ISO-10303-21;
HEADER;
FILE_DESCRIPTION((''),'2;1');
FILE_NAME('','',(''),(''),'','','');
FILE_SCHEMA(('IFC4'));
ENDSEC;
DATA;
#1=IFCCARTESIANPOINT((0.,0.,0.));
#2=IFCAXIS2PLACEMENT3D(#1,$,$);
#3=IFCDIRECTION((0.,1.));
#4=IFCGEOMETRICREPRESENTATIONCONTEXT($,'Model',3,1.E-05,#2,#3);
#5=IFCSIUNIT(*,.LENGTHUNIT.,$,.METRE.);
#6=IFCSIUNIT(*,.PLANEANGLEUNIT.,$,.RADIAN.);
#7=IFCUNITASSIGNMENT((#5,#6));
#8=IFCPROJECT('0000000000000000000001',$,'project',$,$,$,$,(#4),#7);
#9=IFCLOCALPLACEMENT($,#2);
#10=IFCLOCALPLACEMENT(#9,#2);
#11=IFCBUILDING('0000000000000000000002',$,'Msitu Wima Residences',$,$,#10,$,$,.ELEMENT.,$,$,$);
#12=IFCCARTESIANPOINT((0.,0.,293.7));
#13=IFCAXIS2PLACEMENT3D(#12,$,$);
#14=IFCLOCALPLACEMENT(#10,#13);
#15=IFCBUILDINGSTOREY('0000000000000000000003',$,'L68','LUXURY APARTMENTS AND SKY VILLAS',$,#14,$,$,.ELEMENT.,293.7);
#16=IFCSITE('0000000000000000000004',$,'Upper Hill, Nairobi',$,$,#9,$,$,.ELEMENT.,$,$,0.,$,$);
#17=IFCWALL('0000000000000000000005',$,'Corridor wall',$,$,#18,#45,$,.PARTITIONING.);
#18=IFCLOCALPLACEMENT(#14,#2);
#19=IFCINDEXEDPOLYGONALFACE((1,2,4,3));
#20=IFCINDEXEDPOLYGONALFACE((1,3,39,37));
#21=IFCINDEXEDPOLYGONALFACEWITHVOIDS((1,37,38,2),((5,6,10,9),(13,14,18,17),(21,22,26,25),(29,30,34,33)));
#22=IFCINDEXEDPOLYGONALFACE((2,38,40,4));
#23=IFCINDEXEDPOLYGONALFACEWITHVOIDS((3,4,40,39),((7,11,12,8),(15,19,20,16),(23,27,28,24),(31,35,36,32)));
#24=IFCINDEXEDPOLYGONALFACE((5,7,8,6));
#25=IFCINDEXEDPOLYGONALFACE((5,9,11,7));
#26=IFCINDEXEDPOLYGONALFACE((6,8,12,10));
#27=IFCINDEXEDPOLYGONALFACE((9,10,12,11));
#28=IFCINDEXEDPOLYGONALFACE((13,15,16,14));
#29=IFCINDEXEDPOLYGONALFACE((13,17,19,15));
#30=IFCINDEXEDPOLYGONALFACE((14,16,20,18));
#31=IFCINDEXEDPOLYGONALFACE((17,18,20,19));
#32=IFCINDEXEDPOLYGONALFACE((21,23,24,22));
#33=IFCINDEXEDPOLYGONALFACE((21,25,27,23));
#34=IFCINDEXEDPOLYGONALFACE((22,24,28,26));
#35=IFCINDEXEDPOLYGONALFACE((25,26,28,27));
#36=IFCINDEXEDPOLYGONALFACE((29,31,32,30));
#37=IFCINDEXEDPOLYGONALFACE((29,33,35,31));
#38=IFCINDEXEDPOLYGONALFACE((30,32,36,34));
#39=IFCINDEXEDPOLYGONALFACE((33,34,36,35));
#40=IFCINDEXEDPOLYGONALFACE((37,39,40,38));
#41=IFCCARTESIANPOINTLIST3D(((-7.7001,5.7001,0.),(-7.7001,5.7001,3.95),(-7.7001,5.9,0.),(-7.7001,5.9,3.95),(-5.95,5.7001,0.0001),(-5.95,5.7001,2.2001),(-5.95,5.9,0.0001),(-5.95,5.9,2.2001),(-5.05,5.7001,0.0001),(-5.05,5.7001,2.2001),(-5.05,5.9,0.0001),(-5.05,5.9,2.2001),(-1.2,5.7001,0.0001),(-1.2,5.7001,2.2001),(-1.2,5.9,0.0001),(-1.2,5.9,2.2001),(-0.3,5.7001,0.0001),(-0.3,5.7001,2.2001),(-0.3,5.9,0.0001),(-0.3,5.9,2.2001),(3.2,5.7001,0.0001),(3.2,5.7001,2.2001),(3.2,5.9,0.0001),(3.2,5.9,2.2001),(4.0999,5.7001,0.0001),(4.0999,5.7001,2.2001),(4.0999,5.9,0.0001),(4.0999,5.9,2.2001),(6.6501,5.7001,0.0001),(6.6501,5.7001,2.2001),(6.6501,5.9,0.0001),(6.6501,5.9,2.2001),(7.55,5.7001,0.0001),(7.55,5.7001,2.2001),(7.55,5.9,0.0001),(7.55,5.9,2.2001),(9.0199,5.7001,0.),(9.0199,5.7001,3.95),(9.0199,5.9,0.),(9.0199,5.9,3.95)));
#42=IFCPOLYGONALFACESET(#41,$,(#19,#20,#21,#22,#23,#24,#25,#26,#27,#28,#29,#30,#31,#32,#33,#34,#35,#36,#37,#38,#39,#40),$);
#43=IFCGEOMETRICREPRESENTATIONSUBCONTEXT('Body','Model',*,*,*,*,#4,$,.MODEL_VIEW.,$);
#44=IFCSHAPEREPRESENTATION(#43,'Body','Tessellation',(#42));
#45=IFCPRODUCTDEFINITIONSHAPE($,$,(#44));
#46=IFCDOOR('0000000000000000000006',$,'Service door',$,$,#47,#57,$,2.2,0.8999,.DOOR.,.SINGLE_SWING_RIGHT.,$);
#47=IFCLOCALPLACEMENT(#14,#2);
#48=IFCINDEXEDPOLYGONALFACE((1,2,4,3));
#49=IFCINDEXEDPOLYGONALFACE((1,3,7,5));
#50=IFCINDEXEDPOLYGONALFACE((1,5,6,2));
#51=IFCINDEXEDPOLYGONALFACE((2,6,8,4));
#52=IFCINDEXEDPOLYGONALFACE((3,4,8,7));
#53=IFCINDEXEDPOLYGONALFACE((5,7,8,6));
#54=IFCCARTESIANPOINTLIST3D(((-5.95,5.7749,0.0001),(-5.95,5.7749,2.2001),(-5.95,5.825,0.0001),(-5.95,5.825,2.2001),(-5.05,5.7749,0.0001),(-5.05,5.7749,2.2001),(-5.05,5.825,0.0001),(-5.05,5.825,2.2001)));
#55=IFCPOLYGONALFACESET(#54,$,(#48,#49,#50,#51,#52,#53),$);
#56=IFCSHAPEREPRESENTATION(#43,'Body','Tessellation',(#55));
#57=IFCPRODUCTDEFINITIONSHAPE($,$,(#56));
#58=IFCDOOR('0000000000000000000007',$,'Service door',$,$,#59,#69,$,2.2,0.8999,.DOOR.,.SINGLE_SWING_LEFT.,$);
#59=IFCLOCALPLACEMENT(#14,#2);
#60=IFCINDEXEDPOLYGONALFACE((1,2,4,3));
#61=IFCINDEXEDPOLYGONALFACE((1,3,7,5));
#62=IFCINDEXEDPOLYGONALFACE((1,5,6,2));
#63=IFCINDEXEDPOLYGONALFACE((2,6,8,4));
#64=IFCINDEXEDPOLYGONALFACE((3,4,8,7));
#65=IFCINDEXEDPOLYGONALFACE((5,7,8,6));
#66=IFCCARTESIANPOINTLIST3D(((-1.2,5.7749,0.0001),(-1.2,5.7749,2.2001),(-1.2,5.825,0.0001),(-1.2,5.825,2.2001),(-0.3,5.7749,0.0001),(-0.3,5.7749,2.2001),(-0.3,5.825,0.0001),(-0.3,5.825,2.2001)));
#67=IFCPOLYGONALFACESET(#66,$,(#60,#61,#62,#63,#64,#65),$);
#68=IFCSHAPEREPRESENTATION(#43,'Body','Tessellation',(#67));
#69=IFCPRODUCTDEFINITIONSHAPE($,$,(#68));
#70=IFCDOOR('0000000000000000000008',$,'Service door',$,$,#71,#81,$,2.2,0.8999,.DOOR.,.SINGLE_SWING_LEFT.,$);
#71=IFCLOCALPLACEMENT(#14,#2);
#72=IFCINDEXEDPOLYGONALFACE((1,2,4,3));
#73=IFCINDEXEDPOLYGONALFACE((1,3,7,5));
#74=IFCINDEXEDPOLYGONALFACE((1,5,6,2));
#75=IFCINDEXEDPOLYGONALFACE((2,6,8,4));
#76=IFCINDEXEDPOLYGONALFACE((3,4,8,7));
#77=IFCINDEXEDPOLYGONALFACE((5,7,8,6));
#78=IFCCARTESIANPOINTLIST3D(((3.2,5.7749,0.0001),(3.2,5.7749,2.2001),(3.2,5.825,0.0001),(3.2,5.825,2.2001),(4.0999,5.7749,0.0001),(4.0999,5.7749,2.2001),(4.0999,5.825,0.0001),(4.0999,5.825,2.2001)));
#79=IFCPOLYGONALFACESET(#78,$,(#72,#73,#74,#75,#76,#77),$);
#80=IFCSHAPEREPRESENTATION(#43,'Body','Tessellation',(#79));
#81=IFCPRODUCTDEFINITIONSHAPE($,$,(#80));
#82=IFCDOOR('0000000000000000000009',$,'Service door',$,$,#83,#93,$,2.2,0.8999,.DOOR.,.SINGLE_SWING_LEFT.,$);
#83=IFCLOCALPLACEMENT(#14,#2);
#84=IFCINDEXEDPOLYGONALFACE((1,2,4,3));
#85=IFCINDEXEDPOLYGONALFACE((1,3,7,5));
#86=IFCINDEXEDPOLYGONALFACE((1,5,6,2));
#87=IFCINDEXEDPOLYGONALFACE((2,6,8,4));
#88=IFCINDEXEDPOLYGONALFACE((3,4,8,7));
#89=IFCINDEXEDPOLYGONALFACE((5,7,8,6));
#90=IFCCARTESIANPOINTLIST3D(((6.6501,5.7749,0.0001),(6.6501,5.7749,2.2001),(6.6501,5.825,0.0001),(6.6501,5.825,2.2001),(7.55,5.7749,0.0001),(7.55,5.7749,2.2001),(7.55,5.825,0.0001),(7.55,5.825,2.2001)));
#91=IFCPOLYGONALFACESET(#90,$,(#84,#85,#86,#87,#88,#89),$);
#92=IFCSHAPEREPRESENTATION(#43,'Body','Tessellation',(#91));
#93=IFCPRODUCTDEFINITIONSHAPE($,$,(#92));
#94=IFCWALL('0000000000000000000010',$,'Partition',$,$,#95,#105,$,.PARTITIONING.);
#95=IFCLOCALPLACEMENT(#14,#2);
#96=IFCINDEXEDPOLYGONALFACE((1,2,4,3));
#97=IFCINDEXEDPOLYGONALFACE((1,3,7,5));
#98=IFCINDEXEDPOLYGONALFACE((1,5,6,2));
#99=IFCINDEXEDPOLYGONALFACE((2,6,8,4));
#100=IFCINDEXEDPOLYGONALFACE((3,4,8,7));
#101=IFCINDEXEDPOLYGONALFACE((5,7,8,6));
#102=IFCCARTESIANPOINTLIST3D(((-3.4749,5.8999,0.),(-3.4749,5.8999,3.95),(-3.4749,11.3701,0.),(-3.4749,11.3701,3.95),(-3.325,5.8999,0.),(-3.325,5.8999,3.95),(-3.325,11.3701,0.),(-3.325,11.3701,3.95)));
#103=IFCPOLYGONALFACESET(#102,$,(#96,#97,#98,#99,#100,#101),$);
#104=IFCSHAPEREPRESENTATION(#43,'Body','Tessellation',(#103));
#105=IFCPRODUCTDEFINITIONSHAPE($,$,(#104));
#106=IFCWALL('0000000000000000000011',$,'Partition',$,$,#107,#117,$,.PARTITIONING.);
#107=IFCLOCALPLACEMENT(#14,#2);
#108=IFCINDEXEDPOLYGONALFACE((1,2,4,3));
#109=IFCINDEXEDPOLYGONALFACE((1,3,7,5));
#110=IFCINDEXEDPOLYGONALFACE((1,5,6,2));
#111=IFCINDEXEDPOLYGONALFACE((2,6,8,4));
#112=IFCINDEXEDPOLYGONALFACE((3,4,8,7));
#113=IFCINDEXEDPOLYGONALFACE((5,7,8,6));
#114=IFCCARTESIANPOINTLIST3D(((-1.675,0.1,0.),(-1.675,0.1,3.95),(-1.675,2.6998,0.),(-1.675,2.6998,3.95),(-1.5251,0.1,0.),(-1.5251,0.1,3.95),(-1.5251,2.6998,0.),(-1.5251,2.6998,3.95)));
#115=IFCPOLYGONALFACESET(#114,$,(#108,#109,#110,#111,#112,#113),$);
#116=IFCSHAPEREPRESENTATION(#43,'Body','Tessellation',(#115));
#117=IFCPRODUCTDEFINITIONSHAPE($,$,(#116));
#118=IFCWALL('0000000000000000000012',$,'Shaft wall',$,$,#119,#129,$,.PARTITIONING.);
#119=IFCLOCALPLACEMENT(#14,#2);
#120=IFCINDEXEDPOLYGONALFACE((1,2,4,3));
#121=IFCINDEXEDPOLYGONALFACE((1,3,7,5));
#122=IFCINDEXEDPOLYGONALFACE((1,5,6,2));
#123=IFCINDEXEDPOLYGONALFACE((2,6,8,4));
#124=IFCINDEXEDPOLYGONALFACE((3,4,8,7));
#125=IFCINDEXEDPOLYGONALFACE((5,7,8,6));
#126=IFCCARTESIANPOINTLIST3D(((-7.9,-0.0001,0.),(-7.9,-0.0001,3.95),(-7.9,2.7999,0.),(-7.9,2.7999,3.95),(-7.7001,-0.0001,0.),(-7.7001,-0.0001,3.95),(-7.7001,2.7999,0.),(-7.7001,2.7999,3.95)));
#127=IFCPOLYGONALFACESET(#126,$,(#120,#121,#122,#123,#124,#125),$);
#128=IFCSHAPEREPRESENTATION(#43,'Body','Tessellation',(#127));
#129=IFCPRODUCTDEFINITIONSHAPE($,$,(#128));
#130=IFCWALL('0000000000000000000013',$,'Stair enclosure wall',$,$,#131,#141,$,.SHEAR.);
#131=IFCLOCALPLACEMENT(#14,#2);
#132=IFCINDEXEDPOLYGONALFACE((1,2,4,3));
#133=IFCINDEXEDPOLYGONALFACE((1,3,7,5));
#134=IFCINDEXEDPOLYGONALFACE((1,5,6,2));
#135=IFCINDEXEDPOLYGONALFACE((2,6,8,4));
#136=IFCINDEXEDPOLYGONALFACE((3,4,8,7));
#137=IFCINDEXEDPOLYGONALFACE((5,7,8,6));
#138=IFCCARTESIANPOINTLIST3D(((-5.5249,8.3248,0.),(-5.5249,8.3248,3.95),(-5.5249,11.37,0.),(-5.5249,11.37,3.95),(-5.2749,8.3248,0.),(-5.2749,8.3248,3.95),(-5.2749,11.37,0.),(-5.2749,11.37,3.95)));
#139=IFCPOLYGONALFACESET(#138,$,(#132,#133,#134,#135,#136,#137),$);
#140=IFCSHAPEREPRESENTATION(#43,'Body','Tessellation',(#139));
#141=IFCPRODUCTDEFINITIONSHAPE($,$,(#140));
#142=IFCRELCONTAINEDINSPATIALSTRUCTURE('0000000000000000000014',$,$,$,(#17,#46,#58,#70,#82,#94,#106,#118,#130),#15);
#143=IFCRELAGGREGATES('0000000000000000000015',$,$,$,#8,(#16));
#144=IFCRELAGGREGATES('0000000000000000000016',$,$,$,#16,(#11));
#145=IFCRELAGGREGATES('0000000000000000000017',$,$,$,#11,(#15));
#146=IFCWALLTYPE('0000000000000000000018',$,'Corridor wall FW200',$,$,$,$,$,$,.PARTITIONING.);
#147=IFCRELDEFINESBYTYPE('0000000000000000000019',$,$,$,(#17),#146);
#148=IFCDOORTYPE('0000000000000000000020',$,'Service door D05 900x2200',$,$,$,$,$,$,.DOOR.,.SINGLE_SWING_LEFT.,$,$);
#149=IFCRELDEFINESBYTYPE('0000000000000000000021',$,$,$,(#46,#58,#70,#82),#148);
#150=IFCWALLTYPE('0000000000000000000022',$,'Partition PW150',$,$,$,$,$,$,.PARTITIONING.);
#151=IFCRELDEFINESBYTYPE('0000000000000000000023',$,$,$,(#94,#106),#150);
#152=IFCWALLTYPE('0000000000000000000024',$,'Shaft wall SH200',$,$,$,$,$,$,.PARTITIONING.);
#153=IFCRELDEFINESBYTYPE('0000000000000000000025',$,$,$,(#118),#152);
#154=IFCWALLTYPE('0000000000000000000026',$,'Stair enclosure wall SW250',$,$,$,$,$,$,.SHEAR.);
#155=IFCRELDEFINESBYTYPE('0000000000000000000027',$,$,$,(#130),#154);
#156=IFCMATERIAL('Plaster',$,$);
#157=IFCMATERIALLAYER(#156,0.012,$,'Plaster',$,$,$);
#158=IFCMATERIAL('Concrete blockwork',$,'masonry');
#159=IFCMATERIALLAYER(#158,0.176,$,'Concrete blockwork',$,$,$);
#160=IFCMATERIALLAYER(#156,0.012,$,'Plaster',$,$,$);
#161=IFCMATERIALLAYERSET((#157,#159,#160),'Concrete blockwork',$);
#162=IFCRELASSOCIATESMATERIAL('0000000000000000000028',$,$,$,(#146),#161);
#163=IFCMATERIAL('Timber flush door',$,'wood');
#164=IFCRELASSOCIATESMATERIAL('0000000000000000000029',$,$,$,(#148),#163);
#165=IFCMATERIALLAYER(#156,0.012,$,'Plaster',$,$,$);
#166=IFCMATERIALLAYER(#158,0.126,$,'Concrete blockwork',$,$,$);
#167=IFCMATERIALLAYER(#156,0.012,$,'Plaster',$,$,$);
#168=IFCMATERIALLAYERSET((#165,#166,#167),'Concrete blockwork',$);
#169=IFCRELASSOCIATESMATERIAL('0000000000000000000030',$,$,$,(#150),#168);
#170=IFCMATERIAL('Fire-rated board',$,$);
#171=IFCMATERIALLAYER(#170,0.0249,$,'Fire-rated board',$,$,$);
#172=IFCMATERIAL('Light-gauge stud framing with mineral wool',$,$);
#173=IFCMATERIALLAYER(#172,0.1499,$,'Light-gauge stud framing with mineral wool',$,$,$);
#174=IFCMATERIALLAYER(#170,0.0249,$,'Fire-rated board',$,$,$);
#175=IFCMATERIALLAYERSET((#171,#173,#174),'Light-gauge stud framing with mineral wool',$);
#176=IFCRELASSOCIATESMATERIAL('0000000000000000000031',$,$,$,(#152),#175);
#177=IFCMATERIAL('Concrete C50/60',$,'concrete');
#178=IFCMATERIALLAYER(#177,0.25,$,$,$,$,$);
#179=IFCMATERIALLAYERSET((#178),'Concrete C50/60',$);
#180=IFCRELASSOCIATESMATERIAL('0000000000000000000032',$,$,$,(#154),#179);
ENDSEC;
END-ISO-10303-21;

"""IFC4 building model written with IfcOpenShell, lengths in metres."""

from ifc_helpers import new_model, si_unit, direction, frame, frame_2d, origin, place, context, subcontext, project, spatial, rectangle, extrude, material, layer, layer_set, type_object, element, fill, save


model = new_model("IFC4")

# Units and contexts
model_context = context("Model", 3, precision=1e-05, world=origin(), true_north=direction((0.0, 1.0)))
body_context = subcontext(model_context, "Body", "Model", "MODEL_VIEW")
ifc_project = project(units=[si_unit("LENGTHUNIT", "METRE"), si_unit("PLANEANGLEUNIT", "RADIAN")], contexts=[model_context])

# Site, building, storey
site_placement = place(None, origin())
site = spatial("IfcSite", under=ifc_project, at=site_placement, Name="Upper Hill, Nairobi", CompositionType="ELEMENT", RefElevation=0.0)
building_placement = place(site_placement, origin())
building = spatial("IfcBuilding", under=site, at=building_placement, Name="Msitu Wima Residences", CompositionType="ELEMENT")
storey_placement = place(building_placement, frame((0.0, 0.0, 293.7)))
storey = spatial("IfcBuildingStorey", under=building, at=storey_placement, Name="L68", Description="LUXURY APARTMENTS AND SKY VILLAS", CompositionType="ELEMENT", Elevation=293.7)

# Shared definitions
ifc_material_1 = material(Name="Plaster")
ifc_layer_1 = layer(ifc_material_1, 0.012, Name="Plaster")
ifc_material_2 = material(Name="Concrete blockwork", Category="masonry")
ifc_layer_2 = layer(ifc_material_2, 0.176, Name="Concrete blockwork")
ifc_layer_3 = layer(ifc_material_1, 0.012, Name="Plaster")
ifc_layer_set_1 = layer_set([ifc_layer_1, ifc_layer_2, ifc_layer_3], Name="Concrete blockwork")
wall_type_1 = type_object("IfcWallType", Name="Corridor wall FW200", PredefinedType="PARTITIONING", material=ifc_layer_set_1)
ifc_material_3 = material(Name="Timber flush door", Category="wood")
door_type_1 = type_object("IfcDoorType", Name="Service door D05 900x2200", OperationType="SINGLE_SWING_LEFT", PredefinedType="DOOR", material=ifc_material_3)

# Wall, openings, doors
wall_1_placement = place(storey_placement, frame((-7.7, 5.8, 0.0), z_axis=(0.0, 0.0, 1.0), x_axis=(1.0, 0.0, 0.0)))
wall_1 = element("IfcWall", 1, at=wall_1_placement, inside=storey, type_object=wall_type_1, Name="Corridor wall", PredefinedType="PARTITIONING", context=body_context, shape_type="SweptSolid", body=[
    extrude(rectangle(XDim=16.72, YDim=0.2, at=frame_2d((8.3599, 0.0))), origin(), (0.0, 0.0, 1.0), 3.95),
])
opening_1_placement = place(wall_1_placement, frame((1.75, 0.0, 0.0)))
opening_1 = element("IfcOpeningElement", 2, at=opening_1_placement, cuts=wall_1, PredefinedType="OPENING", context=body_context, shape_type="SweptSolid", body=[
    extrude(rectangle(XDim=0.8999, YDim=2.2, at=frame_2d((0.45, 1.1001))), frame((0.0, 0.1099, 0.0), z_axis=(0.0, -1.0, 0.0), x_axis=(1.0, 0.0, 0.0)), (0.0, 0.0, 1.0), 0.22),
])
opening_2_placement = place(wall_1_placement, frame((6.5, 0.0, 0.0)))
opening_2 = element("IfcOpeningElement", 3, at=opening_2_placement, cuts=wall_1, PredefinedType="OPENING", context=body_context, shape_type="SweptSolid", body=[
    extrude(rectangle(XDim=0.8999, YDim=2.2, at=frame_2d((0.45, 1.1001))), frame((0.0, 0.1099, 0.0), z_axis=(0.0, -1.0, 0.0), x_axis=(1.0, 0.0, 0.0)), (0.0, 0.0, 1.0), 0.22),
])
opening_3_placement = place(wall_1_placement, frame((10.8999, 0.0, 0.0)))
opening_3 = element("IfcOpeningElement", 4, at=opening_3_placement, cuts=wall_1, PredefinedType="OPENING", context=body_context, shape_type="SweptSolid", body=[
    extrude(rectangle(XDim=0.8999, YDim=2.2, at=frame_2d((0.45, 1.1001))), frame((0.0, 0.1099, 0.0), z_axis=(0.0, -1.0, 0.0), x_axis=(1.0, 0.0, 0.0)), (0.0, 0.0, 1.0), 0.22),
])
opening_4_placement = place(wall_1_placement, frame((14.3501, 0.0, 0.0)))
opening_4 = element("IfcOpeningElement", 5, at=opening_4_placement, cuts=wall_1, PredefinedType="OPENING", context=body_context, shape_type="SweptSolid", body=[
    extrude(rectangle(XDim=0.8999, YDim=2.2, at=frame_2d((0.45, 1.1001))), frame((0.0, 0.1099, 0.0), z_axis=(0.0, -1.0, 0.0), x_axis=(1.0, 0.0, 0.0)), (0.0, 0.0, 1.0), 0.22),
])
door_1_placement = place(opening_1_placement, origin())
door_1 = element("IfcDoor", 6, at=door_1_placement, inside=storey, type_object=door_type_1, Name="Service door", OperationType="SINGLE_SWING_RIGHT", OverallHeight=2.2, OverallWidth=0.8999, PredefinedType="DOOR", context=body_context, shape_type="SweptSolid", body=[
    extrude(rectangle(XDim=0.8999, YDim=2.2, at=frame_2d((0.45, 1.1001))), frame((0.0, 0.0249, 0.0), z_axis=(0.0, -1.0, 0.0), x_axis=(1.0, 0.0, 0.0)), (0.0, 0.0, 1.0), 0.05),
])
fill(opening_1, door_1)
door_2_placement = place(opening_2_placement, origin())
door_2 = element("IfcDoor", 7, at=door_2_placement, inside=storey, type_object=door_type_1, Name="Service door", OperationType="SINGLE_SWING_LEFT", OverallHeight=2.2, OverallWidth=0.8999, PredefinedType="DOOR", context=body_context, shape_type="SweptSolid", body=[
    extrude(rectangle(XDim=0.8999, YDim=2.2, at=frame_2d((0.45, 1.1001))), frame((0.0, 0.0249, 0.0), z_axis=(0.0, -1.0, 0.0), x_axis=(1.0, 0.0, 0.0)), (0.0, 0.0, 1.0), 0.05),
])
fill(opening_2, door_2)
door_3_placement = place(opening_3_placement, origin())
door_3 = element("IfcDoor", 8, at=door_3_placement, inside=storey, type_object=door_type_1, Name="Service door", OperationType="SINGLE_SWING_LEFT", OverallHeight=2.2, OverallWidth=0.8999, PredefinedType="DOOR", context=body_context, shape_type="SweptSolid", body=[
    extrude(rectangle(XDim=0.8999, YDim=2.2, at=frame_2d((0.45, 1.1001))), frame((0.0, 0.0249, 0.0), z_axis=(0.0, -1.0, 0.0), x_axis=(1.0, 0.0, 0.0)), (0.0, 0.0, 1.0), 0.05),
])
fill(opening_3, door_3)
door_4_placement = place(opening_4_placement, origin())
door_4 = element("IfcDoor", 9, at=door_4_placement, inside=storey, type_object=door_type_1, Name="Service door", OperationType="SINGLE_SWING_LEFT", OverallHeight=2.2, OverallWidth=0.8999, PredefinedType="DOOR", context=body_context, shape_type="SweptSolid", body=[
    extrude(rectangle(XDim=0.8999, YDim=2.2, at=frame_2d((0.45, 1.1001))), frame((0.0, 0.0249, 0.0), z_axis=(0.0, -1.0, 0.0), x_axis=(1.0, 0.0, 0.0)), (0.0, 0.0, 1.0), 0.05),
])
fill(opening_4, door_4)

# Walls
ifc_layer_4 = layer(ifc_material_1, 0.012, Name="Plaster")
ifc_layer_5 = layer(ifc_material_2, 0.126, Name="Concrete blockwork")
ifc_layer_6 = layer(ifc_material_1, 0.012, Name="Plaster")
ifc_layer_set_2 = layer_set([ifc_layer_4, ifc_layer_5, ifc_layer_6], Name="Concrete blockwork")
wall_type_2 = type_object("IfcWallType", Name="Partition PW150", PredefinedType="PARTITIONING", material=ifc_layer_set_2)
wall_2_placement = place(storey_placement, frame((-3.3999, 5.8999, 0.0), z_axis=(0.0, 0.0, 1.0), x_axis=(0.0, 1.0, 0.0)))
element("IfcWall", 10, at=wall_2_placement, inside=storey, type_object=wall_type_2, Name="Partition", PredefinedType="PARTITIONING", context=body_context, shape_type="SweptSolid", body=[
    extrude(rectangle(XDim=5.4702, YDim=0.1499, at=frame_2d((2.7351, 0.0))), origin(), (0.0, 0.0, 1.0), 3.95),
])
wall_3_placement = place(storey_placement, frame((-1.6001, 0.1001, 0.0), z_axis=(0.0, 0.0, 1.0), x_axis=(0.0, 1.0, 0.0)))
element("IfcWall", 11, at=wall_3_placement, inside=storey, type_object=wall_type_2, Name="Partition", PredefinedType="PARTITIONING", context=body_context, shape_type="SweptSolid", body=[
    extrude(rectangle(XDim=2.5999, YDim=0.1499, at=frame_2d((1.2998, 0.0))), origin(), (0.0, 0.0, 1.0), 3.95),
])
ifc_material_4 = material(Name="Fire-rated board")
ifc_layer_7 = layer(ifc_material_4, 0.0249, Name="Fire-rated board")
ifc_material_5 = material(Name="Light-gauge stud framing with mineral wool")
ifc_layer_8 = layer(ifc_material_5, 0.1499, Name="Light-gauge stud framing with mineral wool")
ifc_layer_9 = layer(ifc_material_4, 0.0249, Name="Fire-rated board")
ifc_layer_set_3 = layer_set([ifc_layer_7, ifc_layer_8, ifc_layer_9], Name="Light-gauge stud framing with mineral wool")
wall_type_3 = type_object("IfcWallType", Name="Shaft wall SH200", PredefinedType="PARTITIONING", material=ifc_layer_set_3)
wall_4_placement = place(storey_placement, frame((-7.8, 0.0, 0.0), z_axis=(0.0, 0.0, 1.0), x_axis=(0.0, 1.0, 0.0)))
element("IfcWall", 12, at=wall_4_placement, inside=storey, type_object=wall_type_3, Name="Shaft wall", PredefinedType="PARTITIONING", context=body_context, shape_type="SweptSolid", body=[
    extrude(rectangle(XDim=2.8, YDim=0.2, at=frame_2d((1.3999, 0.0))), origin(), (0.0, 0.0, 1.0), 3.95),
])
ifc_material_6 = material(Name="Concrete C50/60", Category="concrete")
ifc_layer_10 = layer(ifc_material_6, 0.25)
ifc_layer_set_4 = layer_set([ifc_layer_10], Name="Concrete C50/60")
wall_type_4 = type_object("IfcWallType", Name="Stair enclosure wall SW250", PredefinedType="SHEAR", material=ifc_layer_set_4)
wall_5_placement = place(storey_placement, frame((-5.3999, 8.325, 0.0), z_axis=(0.0, 0.0, 1.0), x_axis=(0.0, 1.0, 0.0)))
element("IfcWall", 13, at=wall_5_placement, inside=storey, type_object=wall_type_4, Name="Stair enclosure wall", PredefinedType="SHEAR", context=body_context, shape_type="SweptSolid", body=[
    extrude(rectangle(XDim=3.0452, YDim=0.25, at=frame_2d((1.5225, 0.0))), origin(), (0.0, 0.0, 1.0), 3.95),
])

save(model, "model.ifc")
